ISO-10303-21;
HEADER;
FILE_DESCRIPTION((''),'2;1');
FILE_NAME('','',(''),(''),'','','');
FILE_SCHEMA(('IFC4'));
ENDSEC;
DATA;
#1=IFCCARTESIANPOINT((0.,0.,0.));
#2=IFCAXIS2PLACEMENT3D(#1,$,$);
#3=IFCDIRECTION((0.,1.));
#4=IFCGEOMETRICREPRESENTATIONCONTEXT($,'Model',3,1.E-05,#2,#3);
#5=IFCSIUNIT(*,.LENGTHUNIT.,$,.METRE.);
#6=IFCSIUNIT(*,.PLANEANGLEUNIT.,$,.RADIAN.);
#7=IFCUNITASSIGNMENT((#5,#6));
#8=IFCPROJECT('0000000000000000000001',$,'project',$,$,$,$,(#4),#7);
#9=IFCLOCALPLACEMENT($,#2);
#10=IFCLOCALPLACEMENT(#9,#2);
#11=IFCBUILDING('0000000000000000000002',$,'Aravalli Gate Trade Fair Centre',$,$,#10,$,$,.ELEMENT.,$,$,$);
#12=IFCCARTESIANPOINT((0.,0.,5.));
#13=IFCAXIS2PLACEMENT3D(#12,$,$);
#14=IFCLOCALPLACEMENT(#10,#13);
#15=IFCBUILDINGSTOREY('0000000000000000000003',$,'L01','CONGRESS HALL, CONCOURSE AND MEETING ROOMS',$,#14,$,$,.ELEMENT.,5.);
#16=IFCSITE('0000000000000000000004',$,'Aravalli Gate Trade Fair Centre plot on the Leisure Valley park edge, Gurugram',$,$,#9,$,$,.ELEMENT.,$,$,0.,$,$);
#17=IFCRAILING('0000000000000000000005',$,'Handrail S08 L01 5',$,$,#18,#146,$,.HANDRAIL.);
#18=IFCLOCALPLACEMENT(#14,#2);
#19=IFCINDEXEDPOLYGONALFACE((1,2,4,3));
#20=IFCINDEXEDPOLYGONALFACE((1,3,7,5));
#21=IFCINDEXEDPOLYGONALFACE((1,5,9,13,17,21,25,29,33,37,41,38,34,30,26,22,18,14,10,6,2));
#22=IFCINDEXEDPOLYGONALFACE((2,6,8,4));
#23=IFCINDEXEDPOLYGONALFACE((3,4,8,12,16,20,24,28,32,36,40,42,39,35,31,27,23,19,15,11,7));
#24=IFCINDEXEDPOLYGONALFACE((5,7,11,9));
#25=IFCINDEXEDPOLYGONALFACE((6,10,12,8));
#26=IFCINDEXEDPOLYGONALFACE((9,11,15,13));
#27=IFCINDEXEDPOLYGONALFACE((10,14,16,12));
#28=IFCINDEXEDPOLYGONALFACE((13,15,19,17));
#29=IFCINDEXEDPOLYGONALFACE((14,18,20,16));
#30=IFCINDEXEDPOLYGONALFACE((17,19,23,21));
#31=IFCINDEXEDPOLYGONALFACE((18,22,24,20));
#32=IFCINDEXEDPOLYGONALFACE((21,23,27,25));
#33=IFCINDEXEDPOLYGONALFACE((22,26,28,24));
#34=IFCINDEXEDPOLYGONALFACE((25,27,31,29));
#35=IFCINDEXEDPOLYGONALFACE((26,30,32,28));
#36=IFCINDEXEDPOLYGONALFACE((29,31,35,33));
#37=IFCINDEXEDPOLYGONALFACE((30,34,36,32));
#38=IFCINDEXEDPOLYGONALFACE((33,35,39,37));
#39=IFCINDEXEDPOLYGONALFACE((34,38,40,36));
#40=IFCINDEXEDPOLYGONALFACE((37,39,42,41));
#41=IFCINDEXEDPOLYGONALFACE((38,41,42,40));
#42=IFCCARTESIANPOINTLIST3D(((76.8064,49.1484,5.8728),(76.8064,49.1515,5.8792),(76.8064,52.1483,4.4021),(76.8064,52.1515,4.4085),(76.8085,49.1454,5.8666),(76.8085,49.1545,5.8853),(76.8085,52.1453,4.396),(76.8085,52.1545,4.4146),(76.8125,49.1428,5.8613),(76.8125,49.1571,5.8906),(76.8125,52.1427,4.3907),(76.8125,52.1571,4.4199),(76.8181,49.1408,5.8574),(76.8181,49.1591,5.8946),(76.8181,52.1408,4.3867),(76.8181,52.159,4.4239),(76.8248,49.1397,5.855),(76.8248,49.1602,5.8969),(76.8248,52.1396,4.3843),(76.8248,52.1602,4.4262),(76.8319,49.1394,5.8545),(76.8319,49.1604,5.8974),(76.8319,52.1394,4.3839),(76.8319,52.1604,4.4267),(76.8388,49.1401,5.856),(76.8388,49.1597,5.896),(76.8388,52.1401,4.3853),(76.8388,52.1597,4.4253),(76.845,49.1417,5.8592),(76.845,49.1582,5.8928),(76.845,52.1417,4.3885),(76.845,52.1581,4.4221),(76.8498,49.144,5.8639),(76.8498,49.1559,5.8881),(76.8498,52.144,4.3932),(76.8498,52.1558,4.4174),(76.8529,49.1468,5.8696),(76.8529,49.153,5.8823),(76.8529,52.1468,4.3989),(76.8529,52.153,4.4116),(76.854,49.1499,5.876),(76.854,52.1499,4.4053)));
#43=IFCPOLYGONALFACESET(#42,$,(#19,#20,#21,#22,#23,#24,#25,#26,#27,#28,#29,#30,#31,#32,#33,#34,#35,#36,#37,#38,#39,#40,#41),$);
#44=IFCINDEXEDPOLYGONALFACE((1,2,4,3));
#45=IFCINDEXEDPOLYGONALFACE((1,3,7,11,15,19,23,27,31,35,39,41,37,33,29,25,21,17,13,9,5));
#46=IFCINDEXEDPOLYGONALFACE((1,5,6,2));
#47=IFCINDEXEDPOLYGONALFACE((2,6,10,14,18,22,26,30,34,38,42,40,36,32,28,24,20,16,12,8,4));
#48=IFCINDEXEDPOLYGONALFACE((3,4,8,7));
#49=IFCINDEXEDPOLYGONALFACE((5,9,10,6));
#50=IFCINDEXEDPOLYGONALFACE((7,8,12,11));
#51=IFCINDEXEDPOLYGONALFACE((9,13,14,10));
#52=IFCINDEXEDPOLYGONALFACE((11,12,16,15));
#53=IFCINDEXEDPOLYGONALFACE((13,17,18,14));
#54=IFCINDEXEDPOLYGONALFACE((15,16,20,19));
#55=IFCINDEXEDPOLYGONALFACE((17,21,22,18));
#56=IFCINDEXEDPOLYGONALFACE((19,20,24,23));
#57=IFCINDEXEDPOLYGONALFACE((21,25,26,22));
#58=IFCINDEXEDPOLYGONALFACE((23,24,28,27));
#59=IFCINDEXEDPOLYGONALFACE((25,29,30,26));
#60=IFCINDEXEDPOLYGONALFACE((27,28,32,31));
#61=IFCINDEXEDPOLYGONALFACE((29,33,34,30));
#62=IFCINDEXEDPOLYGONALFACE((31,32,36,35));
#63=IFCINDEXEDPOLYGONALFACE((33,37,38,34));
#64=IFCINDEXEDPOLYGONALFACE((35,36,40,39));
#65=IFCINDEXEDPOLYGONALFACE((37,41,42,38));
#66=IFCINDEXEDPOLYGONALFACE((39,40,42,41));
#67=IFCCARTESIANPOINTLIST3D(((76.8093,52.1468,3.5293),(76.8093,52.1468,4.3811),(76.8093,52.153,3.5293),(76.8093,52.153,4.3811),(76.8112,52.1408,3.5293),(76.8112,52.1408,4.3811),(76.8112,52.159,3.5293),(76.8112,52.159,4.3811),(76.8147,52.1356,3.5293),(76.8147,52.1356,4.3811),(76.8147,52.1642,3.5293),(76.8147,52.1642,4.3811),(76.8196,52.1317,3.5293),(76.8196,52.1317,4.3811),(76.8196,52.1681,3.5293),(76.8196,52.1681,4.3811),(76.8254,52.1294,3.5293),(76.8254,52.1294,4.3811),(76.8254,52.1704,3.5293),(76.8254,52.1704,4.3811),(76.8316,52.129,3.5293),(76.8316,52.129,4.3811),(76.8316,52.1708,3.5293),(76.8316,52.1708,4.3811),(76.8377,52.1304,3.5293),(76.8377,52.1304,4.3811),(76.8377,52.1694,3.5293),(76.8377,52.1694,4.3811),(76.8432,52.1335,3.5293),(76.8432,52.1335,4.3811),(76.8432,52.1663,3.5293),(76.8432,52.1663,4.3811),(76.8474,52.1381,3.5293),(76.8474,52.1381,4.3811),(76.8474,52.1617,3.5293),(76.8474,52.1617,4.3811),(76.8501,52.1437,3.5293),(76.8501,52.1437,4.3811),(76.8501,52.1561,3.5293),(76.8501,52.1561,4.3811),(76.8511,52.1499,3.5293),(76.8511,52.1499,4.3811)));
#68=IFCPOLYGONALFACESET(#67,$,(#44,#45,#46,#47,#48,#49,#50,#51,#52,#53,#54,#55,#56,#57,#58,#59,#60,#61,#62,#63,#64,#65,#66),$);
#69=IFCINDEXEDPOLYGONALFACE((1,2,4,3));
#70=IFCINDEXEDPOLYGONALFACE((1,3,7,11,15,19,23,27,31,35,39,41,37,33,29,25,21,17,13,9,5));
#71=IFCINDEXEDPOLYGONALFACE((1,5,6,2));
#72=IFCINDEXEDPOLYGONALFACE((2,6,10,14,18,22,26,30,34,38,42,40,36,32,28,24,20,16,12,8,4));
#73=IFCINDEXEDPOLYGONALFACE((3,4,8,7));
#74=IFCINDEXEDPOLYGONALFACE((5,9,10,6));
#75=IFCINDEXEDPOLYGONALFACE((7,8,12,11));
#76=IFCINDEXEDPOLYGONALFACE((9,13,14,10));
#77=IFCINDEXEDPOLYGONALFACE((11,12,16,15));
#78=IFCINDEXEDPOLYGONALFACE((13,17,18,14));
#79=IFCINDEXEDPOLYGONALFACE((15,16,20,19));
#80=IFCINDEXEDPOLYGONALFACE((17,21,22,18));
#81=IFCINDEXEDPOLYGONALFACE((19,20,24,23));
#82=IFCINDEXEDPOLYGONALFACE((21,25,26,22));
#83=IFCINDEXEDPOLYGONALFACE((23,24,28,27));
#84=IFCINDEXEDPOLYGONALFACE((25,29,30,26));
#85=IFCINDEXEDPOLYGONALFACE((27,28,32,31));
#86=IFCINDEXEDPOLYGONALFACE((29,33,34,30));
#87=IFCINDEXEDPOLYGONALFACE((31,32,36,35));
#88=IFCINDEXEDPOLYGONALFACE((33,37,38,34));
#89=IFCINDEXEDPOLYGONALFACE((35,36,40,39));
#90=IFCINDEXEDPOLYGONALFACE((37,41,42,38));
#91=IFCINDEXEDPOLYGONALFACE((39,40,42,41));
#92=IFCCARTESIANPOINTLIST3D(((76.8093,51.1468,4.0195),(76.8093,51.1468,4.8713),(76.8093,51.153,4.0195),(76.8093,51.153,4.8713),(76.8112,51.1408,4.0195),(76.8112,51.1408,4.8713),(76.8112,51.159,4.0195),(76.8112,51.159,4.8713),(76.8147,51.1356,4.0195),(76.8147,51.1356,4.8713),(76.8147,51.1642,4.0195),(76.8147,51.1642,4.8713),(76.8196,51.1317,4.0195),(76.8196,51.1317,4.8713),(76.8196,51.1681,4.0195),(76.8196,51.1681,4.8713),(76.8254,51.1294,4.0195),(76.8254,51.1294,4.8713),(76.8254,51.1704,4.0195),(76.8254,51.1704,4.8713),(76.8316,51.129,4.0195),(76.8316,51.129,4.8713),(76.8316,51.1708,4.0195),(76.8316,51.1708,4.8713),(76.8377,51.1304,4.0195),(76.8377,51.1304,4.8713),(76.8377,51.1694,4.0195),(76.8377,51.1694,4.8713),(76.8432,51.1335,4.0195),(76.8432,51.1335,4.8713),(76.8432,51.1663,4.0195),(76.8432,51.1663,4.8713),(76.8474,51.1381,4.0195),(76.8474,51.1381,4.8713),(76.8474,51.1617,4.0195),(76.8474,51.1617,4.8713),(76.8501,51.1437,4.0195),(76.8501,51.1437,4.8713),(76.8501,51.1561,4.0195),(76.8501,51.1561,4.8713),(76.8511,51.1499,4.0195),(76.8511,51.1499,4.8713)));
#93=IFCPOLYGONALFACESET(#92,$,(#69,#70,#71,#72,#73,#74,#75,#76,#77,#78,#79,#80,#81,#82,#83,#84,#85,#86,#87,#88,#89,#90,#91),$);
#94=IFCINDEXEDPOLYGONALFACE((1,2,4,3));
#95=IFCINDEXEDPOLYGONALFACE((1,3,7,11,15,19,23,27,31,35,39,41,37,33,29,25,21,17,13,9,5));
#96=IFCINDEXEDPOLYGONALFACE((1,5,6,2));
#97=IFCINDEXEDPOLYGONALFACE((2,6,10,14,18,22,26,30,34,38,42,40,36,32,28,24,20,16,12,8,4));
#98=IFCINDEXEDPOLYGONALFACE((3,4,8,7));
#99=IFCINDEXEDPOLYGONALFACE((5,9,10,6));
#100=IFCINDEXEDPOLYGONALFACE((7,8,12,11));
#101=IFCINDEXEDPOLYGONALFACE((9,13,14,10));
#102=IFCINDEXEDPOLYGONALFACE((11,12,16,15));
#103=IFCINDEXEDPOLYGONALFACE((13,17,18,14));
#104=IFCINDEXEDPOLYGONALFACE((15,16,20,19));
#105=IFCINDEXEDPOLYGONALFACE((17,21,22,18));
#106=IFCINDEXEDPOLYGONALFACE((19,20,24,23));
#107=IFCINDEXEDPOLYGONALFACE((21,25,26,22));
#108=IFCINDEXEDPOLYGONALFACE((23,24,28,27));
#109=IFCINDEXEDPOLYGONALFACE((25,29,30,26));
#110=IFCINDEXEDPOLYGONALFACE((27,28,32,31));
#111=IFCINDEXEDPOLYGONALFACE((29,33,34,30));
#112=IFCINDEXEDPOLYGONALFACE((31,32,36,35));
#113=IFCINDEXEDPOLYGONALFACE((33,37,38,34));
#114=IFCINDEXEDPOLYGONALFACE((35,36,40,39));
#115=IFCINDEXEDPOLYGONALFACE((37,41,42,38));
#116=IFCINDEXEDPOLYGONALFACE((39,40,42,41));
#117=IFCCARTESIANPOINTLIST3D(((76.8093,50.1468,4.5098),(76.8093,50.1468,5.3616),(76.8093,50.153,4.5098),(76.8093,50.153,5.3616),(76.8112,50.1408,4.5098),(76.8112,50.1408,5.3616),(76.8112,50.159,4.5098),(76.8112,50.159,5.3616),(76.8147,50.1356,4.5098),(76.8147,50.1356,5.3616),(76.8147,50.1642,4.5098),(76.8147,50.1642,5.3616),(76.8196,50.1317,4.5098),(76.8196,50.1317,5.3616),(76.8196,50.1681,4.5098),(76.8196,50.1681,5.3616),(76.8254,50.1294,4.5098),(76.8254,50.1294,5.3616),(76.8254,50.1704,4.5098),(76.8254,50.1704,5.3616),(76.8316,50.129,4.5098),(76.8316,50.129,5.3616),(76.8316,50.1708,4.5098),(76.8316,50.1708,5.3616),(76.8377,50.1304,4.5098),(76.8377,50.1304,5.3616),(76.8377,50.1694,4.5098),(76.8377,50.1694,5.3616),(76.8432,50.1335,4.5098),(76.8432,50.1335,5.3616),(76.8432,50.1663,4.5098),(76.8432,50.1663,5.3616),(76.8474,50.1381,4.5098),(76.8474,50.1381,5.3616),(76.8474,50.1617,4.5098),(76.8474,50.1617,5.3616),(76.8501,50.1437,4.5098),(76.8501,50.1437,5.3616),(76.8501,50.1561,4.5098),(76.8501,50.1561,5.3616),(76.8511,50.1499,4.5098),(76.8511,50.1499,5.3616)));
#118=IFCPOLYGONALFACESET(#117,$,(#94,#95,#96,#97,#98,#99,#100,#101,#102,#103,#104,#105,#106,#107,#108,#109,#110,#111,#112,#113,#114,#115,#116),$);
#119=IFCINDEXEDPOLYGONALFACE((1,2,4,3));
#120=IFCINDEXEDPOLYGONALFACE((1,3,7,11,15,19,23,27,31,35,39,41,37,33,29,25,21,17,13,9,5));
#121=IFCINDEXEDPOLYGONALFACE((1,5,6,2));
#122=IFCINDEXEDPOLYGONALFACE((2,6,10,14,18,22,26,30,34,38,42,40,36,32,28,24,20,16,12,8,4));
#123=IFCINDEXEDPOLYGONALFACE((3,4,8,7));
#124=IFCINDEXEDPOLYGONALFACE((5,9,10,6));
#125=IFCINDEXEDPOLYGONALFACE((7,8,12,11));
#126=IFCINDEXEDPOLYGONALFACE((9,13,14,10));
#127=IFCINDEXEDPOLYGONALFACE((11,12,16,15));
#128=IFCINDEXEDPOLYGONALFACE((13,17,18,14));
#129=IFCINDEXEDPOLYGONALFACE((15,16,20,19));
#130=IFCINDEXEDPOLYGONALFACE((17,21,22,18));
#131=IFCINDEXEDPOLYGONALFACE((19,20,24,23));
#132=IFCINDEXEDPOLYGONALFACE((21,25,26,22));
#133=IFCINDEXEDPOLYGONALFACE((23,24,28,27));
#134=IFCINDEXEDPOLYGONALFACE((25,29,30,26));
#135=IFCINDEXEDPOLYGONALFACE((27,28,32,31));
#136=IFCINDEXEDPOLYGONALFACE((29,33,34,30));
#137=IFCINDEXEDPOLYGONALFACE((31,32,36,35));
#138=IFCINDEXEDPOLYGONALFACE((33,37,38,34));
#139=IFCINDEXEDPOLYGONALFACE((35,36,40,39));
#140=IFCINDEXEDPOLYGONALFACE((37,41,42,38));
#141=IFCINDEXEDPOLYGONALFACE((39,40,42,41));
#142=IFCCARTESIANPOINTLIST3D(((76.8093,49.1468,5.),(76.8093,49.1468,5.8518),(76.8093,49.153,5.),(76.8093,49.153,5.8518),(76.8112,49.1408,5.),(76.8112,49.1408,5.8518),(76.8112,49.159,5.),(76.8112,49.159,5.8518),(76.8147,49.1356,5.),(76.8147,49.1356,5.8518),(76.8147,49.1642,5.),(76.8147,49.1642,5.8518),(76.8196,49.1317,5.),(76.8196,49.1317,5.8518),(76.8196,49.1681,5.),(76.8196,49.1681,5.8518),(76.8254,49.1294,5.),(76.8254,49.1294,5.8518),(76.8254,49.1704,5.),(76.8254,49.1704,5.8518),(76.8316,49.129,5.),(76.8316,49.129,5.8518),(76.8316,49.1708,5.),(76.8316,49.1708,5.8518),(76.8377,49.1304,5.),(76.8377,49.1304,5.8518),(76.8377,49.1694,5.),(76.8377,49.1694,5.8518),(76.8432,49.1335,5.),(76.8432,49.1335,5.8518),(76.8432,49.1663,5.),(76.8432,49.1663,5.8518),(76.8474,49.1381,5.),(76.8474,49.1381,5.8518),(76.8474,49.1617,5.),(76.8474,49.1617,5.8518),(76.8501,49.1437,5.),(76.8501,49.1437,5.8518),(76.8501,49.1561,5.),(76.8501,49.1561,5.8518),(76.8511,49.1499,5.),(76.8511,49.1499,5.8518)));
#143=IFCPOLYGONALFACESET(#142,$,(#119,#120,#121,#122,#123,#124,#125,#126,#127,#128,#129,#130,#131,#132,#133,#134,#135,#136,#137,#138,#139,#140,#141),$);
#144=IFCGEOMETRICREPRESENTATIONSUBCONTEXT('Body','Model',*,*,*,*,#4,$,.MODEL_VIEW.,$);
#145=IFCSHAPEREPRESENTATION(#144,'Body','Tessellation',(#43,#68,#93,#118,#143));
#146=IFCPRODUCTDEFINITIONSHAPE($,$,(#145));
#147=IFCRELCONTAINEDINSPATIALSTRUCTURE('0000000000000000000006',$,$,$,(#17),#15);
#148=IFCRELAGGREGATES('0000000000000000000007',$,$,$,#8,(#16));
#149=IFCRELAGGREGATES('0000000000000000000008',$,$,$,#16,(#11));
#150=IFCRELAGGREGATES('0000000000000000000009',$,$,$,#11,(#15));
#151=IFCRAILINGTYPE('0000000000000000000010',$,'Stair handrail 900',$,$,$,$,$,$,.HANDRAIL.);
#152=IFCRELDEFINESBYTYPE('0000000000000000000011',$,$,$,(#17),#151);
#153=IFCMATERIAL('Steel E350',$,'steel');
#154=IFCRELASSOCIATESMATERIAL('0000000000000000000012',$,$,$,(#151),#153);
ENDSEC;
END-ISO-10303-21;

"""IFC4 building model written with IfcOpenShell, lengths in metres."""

from ifc_helpers import new_model, si_unit, direction, frame, origin, origin_2d, place, context, subcontext, project, spatial, circle, extrude, material, type_object, element, save


model = new_model("IFC4")

# Units and contexts
model_context = context("Model", 3, precision=1e-05, world=origin(), true_north=direction((0.0, 1.0)))
body_context = subcontext(model_context, "Body", "Model", "MODEL_VIEW")
ifc_project = project(units=[si_unit("LENGTHUNIT", "METRE"), si_unit("PLANEANGLEUNIT", "RADIAN")], contexts=[model_context])

# Site, building, storey
site_placement = place(None, origin())
site = spatial("IfcSite", under=ifc_project, at=site_placement, Name="Aravalli Gate Trade Fair Centre plot on the Leisure Valley park edge, Gurugram", CompositionType="ELEMENT", RefElevation=0.0)
building_placement = place(site_placement, origin())
building = spatial("IfcBuilding", under=site, at=building_placement, Name="Aravalli Gate Trade Fair Centre", CompositionType="ELEMENT")
storey_placement = place(building_placement, frame((0.0, 0.0, 5.0)))
storey = spatial("IfcBuildingStorey", under=building, at=storey_placement, Name="L01", Description="CONGRESS HALL, CONCOURSE AND MEETING ROOMS", CompositionType="ELEMENT", Elevation=5.0)

# Railing
ifc_material_1 = material(Name="Steel E350", Category="steel")
railing_type = type_object("IfcRailingType", Name="Stair handrail 900", PredefinedType="HANDRAIL", material=ifc_material_1)
for number, where, name in (
    (1, (76.8301, 52.1499, 3.5293), "Handrail S08 L01 5"),
):
    element("IfcRailing", number, at=place(storey_placement, frame(where)), inside=storey, type_object=railing_type, Name=name, PredefinedType="HANDRAIL", context=body_context, shape_type="SweptSolid", body=[
        extrude(circle(Radius=0.0239, at=origin_2d()), frame((0.0, 0.0, 0.876), z_axis=(0.0, -0.897907, 0.440185), x_axis=(1.0, 0.0, 0.0)), (0.0, 0.0, 1.0), 3.3411),
        extrude(circle(Radius=0.021, at=origin_2d()), origin(), (0.0, 0.0, 1.0), 0.8518),
        extrude(circle(Radius=0.021, at=origin_2d()), frame((0.0, -1.0, 0.4902)), (0.0, 0.0, 1.0), 0.8518),
        extrude(circle(Radius=0.021, at=origin_2d()), frame((0.0, -2.0, 0.9805)), (0.0, 0.0, 1.0), 0.8518),
        extrude(circle(Radius=0.021, at=origin_2d()), frame((0.0, -3.0, 1.4707)), (0.0, 0.0, 1.0), 0.8518),
    ])

save(model, "model.ifc")
